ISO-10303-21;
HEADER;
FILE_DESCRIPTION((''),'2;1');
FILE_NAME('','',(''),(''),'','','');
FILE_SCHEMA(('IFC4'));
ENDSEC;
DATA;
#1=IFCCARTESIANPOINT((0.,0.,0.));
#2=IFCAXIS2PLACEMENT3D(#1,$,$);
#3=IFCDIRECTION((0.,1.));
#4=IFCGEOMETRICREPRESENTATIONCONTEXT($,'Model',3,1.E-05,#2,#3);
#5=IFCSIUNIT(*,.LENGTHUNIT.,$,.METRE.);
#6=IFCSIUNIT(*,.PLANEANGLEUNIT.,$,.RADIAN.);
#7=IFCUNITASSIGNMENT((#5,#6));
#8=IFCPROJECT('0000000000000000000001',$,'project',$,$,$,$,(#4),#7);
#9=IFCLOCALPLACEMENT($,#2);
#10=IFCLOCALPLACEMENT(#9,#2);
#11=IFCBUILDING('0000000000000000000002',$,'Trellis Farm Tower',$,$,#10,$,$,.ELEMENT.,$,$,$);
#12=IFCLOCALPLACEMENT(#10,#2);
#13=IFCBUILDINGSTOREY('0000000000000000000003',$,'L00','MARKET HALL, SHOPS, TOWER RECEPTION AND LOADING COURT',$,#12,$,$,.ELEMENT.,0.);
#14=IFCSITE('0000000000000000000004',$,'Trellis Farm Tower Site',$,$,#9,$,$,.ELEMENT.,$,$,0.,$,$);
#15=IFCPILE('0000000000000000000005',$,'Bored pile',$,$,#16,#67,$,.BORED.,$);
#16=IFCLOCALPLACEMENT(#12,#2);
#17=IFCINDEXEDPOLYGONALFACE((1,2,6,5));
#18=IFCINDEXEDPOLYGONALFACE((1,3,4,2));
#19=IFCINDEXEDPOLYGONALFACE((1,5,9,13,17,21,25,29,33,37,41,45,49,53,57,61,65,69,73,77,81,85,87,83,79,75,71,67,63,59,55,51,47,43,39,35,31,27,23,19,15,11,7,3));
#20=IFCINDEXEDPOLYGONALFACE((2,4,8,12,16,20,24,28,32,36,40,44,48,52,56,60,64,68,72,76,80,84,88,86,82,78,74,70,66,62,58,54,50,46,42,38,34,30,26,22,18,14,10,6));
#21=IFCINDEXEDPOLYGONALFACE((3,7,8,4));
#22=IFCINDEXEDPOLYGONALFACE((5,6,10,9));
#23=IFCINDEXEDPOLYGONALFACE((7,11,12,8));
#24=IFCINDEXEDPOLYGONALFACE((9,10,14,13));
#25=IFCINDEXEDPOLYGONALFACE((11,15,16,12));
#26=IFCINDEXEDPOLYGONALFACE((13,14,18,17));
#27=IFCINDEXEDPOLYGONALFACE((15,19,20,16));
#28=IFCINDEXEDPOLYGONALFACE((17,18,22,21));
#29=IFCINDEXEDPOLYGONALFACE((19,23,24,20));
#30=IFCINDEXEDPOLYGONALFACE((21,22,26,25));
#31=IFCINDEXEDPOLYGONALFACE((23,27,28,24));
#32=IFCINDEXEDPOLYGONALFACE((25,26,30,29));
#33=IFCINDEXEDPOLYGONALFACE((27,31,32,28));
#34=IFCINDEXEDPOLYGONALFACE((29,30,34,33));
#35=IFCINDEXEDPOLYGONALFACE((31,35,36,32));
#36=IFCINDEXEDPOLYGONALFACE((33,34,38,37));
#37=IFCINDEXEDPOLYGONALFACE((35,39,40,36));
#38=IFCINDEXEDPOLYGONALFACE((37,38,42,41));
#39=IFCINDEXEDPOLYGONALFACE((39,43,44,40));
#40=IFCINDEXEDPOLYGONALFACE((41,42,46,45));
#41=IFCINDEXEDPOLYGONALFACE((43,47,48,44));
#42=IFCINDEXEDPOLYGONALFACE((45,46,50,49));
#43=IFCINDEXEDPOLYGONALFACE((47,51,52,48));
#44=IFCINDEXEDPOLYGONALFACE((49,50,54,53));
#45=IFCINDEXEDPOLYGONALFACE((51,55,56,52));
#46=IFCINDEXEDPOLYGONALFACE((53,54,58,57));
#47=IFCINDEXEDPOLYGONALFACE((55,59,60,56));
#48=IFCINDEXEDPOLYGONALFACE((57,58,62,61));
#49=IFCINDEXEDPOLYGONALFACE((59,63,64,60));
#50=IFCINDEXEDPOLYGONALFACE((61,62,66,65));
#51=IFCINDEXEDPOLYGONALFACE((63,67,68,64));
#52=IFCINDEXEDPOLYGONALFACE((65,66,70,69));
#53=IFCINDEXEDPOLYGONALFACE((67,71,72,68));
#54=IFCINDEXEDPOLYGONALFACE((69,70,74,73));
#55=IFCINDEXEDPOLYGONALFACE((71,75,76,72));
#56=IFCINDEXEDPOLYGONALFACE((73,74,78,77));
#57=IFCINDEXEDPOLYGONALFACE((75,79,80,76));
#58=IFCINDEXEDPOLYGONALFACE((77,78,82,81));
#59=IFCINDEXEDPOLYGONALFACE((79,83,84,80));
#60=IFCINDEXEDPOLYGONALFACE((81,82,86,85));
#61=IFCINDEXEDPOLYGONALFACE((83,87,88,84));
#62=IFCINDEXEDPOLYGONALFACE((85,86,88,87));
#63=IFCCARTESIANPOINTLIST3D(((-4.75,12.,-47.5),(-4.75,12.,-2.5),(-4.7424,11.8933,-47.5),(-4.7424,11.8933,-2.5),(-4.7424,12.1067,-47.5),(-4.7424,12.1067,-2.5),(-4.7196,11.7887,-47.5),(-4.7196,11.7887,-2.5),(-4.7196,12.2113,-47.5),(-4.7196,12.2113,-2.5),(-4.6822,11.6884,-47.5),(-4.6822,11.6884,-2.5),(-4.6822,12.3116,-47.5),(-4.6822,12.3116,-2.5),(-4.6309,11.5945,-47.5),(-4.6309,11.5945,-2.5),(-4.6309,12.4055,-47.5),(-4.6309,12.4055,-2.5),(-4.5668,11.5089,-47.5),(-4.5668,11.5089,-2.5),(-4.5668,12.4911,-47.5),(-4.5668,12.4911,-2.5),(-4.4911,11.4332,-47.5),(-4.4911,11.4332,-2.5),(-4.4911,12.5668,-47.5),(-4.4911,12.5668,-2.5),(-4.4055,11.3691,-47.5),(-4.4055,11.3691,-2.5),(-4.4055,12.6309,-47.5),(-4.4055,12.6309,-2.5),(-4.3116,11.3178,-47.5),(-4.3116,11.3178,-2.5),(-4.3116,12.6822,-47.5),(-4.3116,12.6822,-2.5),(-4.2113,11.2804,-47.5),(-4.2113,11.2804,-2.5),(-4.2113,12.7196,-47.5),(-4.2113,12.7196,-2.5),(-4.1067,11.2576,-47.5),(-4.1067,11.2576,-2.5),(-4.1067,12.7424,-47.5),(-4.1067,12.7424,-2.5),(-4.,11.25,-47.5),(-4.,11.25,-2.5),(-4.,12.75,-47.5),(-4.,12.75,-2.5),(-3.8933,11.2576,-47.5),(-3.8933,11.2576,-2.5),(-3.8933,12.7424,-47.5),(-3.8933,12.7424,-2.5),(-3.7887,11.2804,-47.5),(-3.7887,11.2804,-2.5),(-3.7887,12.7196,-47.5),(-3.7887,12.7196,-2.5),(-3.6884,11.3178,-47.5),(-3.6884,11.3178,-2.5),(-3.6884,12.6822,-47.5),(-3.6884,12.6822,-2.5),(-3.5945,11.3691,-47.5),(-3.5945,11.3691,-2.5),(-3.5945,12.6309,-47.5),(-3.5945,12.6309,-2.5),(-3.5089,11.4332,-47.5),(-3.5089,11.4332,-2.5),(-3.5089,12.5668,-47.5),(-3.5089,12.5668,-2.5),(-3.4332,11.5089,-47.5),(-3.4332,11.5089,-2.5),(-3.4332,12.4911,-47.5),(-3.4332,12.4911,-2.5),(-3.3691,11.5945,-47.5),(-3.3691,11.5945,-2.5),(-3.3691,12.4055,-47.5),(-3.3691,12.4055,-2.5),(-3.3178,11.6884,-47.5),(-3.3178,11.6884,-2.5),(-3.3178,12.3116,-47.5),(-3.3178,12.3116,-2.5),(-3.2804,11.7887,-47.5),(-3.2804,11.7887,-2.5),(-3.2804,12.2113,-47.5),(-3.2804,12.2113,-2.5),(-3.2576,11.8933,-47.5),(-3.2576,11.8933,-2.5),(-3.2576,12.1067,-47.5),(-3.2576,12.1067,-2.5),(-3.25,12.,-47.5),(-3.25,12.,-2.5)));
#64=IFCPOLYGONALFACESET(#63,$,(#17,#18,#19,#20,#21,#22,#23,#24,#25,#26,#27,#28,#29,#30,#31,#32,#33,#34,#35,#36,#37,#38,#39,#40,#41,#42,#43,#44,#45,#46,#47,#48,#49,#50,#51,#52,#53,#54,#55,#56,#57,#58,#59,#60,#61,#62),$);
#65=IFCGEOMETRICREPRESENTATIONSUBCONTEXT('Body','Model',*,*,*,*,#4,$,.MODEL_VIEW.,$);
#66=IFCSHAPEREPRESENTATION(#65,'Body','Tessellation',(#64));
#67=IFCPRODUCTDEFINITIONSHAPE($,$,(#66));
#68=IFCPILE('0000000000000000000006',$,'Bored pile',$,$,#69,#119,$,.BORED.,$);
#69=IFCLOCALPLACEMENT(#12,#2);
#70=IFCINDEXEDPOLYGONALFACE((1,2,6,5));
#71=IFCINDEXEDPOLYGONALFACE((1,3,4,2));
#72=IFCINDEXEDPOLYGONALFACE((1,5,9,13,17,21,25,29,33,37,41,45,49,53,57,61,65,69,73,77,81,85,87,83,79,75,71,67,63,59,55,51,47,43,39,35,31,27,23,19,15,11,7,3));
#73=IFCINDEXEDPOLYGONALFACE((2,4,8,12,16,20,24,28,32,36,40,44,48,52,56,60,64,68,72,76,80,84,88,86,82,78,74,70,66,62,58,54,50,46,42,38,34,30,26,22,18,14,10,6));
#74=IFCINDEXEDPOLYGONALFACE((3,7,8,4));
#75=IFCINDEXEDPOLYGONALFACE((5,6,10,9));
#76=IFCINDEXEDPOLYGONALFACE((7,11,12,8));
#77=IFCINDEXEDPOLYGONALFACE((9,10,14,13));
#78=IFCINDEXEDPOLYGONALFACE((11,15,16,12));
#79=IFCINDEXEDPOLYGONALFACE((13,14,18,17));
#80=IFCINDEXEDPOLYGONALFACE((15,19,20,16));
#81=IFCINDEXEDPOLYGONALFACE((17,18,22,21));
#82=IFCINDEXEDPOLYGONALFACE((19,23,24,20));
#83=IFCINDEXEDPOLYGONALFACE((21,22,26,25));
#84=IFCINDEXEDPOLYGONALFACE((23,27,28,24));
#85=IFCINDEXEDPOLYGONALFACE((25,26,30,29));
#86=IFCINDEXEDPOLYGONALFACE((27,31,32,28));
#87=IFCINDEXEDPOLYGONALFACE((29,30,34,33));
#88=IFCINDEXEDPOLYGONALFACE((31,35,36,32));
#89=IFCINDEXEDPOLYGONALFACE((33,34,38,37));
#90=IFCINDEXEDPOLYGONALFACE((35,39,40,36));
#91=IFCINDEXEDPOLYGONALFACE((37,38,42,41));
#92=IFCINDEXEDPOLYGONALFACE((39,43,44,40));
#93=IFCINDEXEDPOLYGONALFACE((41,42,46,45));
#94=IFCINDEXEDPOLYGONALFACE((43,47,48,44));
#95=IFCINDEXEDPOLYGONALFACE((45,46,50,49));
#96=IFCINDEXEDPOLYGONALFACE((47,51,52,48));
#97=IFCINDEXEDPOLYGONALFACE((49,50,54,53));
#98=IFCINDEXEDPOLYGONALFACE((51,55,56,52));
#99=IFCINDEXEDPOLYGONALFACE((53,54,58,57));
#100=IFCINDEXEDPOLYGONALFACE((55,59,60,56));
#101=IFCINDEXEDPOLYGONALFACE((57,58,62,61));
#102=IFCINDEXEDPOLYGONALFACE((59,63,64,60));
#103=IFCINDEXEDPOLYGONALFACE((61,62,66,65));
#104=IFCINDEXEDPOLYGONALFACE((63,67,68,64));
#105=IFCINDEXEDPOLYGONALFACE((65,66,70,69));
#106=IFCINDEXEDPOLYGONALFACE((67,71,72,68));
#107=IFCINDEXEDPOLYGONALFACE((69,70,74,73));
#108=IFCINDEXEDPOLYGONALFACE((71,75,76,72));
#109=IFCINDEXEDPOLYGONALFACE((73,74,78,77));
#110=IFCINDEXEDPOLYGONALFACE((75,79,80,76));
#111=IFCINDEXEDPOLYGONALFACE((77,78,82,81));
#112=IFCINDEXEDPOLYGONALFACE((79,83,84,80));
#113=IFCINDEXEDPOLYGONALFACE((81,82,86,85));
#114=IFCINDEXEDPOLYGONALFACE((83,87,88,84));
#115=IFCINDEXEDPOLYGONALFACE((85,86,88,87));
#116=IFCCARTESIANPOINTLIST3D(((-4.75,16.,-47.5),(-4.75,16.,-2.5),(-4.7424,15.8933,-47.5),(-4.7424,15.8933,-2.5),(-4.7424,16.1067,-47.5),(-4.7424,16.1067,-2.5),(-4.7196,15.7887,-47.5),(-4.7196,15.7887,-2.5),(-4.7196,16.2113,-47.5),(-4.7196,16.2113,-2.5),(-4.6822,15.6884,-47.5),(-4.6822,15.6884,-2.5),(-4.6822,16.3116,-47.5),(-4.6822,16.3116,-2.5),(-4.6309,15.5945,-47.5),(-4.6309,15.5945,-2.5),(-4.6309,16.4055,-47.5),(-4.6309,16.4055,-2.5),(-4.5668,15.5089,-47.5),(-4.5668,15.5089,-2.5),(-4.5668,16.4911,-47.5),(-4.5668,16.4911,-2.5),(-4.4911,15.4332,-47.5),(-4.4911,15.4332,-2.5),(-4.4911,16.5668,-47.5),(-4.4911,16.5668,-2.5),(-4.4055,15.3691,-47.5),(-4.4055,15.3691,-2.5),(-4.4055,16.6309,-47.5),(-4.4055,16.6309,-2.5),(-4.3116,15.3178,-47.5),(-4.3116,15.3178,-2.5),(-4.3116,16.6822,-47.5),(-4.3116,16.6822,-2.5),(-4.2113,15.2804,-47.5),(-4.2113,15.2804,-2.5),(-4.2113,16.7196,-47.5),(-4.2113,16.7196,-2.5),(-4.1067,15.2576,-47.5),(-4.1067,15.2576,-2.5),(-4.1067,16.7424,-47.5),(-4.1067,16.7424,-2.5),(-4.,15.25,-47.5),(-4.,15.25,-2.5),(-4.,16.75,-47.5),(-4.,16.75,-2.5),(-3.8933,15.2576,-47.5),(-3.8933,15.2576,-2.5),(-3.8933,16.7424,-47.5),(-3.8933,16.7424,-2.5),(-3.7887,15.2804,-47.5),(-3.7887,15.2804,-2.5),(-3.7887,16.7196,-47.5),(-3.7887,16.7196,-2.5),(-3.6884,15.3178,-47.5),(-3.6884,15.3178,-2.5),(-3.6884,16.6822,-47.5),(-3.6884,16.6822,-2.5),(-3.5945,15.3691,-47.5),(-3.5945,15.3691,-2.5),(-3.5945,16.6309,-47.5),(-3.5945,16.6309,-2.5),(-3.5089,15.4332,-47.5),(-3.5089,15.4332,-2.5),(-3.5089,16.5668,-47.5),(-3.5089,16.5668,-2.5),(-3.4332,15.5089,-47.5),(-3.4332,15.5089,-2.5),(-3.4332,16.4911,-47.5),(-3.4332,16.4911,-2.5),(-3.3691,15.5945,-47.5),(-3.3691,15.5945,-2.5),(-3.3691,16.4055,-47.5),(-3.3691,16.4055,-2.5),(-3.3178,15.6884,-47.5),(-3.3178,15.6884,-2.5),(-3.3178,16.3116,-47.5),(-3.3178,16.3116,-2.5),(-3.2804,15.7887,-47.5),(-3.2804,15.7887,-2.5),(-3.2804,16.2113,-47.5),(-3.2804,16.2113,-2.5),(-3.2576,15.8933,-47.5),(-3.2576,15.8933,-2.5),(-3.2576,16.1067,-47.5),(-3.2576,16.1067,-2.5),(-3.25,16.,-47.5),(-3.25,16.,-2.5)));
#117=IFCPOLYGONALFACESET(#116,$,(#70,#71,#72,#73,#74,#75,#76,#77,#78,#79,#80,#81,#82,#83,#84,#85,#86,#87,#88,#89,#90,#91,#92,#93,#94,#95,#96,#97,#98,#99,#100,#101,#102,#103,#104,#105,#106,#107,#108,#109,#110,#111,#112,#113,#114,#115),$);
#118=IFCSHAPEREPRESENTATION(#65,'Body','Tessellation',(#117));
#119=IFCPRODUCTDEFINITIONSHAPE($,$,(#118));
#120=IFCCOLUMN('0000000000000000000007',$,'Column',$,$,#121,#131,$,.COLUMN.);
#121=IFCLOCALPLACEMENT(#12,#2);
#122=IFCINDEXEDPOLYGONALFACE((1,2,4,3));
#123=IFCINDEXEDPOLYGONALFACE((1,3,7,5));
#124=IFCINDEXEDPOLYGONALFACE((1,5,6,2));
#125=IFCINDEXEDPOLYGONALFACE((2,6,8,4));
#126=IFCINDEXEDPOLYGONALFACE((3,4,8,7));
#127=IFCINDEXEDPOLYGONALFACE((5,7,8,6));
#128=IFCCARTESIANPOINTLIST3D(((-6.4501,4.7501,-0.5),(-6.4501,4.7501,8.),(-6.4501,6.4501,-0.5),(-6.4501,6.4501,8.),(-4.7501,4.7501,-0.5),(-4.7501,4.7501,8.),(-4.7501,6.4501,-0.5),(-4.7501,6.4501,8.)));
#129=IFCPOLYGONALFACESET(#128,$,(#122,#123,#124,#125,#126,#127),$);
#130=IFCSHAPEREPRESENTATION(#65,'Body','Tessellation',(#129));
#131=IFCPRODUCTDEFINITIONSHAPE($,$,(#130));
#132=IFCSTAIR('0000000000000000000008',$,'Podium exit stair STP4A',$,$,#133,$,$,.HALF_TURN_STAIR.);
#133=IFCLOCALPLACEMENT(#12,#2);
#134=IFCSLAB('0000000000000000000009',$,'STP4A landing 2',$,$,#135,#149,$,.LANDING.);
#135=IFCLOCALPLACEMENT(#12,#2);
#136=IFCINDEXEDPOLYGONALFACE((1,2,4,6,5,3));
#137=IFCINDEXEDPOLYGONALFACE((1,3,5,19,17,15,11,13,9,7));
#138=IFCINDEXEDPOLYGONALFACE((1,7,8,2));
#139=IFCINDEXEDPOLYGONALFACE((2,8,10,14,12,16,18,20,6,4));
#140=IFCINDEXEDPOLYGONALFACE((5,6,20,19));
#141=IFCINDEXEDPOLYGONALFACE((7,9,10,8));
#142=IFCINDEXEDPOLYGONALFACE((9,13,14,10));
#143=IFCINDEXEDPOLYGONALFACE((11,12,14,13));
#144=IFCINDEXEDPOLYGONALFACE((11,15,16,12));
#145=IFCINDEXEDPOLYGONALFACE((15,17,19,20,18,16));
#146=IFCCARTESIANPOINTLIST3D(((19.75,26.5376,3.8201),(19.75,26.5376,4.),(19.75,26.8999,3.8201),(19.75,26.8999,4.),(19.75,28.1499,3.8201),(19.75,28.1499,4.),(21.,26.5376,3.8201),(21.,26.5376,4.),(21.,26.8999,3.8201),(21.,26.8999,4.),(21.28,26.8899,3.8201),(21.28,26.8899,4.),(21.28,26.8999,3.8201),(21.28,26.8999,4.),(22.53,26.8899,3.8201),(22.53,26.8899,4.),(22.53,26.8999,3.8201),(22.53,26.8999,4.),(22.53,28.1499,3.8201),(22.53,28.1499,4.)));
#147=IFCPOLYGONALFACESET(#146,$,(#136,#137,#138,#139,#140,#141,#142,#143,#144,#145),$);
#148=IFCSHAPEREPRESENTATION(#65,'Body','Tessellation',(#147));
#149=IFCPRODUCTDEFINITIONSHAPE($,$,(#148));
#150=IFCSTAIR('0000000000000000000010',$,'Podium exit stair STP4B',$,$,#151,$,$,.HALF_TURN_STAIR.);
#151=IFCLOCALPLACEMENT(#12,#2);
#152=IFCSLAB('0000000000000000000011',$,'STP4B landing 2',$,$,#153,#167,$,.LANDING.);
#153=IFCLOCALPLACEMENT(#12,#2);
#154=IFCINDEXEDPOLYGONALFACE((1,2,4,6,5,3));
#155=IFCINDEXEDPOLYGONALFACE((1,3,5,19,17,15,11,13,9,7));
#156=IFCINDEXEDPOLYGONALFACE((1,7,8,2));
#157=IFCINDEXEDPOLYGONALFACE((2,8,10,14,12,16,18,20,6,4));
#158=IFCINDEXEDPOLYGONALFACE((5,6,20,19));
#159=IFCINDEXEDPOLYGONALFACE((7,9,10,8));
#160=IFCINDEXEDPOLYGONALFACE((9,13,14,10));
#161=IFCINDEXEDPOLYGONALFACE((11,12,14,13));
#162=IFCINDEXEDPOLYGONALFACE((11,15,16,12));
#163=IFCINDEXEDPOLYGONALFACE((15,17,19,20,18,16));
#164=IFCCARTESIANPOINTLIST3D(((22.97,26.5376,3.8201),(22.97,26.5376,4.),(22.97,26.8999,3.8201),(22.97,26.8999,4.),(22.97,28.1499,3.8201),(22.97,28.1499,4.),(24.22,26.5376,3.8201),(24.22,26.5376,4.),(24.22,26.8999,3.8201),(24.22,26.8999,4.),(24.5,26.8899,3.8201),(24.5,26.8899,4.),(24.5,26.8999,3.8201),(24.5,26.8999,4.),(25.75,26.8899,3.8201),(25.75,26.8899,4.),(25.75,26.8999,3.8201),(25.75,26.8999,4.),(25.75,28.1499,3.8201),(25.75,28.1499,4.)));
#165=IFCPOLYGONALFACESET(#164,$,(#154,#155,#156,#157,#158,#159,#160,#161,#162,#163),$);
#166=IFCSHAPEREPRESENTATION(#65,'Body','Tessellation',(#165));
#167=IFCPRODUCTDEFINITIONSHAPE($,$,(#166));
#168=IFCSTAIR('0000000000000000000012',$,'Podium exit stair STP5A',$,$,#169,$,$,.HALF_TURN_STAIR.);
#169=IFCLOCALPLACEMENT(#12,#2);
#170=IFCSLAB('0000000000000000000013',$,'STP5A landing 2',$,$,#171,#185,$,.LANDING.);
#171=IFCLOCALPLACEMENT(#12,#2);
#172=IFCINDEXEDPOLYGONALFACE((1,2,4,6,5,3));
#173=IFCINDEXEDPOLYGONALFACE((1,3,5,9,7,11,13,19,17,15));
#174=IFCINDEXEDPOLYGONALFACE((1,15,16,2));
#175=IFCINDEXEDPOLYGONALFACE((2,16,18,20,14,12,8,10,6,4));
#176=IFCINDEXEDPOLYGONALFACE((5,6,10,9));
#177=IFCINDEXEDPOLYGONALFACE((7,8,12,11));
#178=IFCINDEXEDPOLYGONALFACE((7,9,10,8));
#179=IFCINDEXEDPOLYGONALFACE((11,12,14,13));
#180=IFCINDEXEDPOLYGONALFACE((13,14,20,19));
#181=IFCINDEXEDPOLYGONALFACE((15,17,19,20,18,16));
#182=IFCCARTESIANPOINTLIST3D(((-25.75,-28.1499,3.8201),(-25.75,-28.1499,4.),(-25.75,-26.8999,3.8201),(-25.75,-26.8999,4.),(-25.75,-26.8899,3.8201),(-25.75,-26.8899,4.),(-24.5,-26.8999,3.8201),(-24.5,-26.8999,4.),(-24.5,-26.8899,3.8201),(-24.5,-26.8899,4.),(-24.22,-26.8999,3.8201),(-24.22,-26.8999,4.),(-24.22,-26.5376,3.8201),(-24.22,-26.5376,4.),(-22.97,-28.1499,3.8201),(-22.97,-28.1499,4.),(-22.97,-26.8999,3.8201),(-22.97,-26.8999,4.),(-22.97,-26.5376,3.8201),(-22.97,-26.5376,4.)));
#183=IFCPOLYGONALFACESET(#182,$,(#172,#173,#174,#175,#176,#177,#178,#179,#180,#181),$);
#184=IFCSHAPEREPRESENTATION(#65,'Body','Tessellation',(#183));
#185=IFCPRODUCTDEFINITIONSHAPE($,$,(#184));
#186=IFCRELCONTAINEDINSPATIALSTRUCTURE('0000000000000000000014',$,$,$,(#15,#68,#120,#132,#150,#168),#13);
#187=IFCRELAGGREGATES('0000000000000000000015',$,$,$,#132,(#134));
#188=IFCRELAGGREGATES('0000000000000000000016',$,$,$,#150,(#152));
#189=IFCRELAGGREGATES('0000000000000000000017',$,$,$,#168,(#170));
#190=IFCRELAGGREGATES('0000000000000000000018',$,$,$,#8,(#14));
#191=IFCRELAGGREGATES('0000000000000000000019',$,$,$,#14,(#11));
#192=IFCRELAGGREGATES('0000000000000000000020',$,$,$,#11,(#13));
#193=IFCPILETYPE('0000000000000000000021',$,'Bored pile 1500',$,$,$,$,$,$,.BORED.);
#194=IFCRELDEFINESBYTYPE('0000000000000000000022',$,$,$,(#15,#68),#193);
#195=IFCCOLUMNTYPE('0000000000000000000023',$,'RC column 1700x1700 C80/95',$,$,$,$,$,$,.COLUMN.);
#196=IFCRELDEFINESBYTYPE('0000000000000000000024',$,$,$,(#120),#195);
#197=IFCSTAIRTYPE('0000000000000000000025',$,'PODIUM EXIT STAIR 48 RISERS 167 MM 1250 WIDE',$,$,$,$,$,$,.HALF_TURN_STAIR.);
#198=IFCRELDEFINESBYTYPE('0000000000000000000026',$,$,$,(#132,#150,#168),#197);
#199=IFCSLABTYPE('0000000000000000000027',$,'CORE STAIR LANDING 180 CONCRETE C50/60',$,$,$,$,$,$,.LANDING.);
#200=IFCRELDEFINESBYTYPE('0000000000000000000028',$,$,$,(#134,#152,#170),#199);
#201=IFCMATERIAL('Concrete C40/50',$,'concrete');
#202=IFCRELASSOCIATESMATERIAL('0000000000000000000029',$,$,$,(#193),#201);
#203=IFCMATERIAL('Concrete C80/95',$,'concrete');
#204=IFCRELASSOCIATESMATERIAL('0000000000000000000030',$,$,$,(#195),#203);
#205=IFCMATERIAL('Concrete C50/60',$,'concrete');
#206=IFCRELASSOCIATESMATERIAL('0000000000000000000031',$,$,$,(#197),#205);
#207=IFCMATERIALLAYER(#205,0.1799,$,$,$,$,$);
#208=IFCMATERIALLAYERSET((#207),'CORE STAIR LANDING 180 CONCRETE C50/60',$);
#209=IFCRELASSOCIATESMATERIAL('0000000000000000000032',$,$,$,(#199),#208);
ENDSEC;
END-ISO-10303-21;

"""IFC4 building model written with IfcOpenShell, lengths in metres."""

from ifc_helpers import new_model, si_unit, direction, frame, origin, origin_2d, place, context, subcontext, project, spatial, polyline, rectangle, circle, outline, extrude, source, transform, mapped, material, layer, layer_set, material_profile, profile_set, type_object, element, aggregate, save


model = new_model("IFC4")

# Units and contexts
model_context = context("Model", 3, precision=1e-05, world=origin(), true_north=direction((0.0, 1.0)))
body_context = subcontext(model_context, "Body", "Model", "MODEL_VIEW")
ifc_project = project(units=[si_unit("LENGTHUNIT", "METRE"), si_unit("PLANEANGLEUNIT", "RADIAN")], contexts=[model_context])

# Site, building, storey
site_placement = place(None, origin())
site = spatial("IfcSite", under=ifc_project, at=site_placement, Name="Trellis Farm Tower Site", CompositionType="ELEMENT", RefElevation=0.0)
building_placement = place(site_placement, origin())
building = spatial("IfcBuilding", under=site, at=building_placement, Name="Trellis Farm Tower", CompositionType="ELEMENT")
storey_placement = place(building_placement, origin())
storey = spatial("IfcBuildingStorey", under=building, at=storey_placement, Name="L00", Description="MARKET HALL, SHOPS, TOWER RECEPTION AND LOADING COURT", CompositionType="ELEMENT", Elevation=0.0)

# Piles
ifc_material_1 = material(Name="Concrete C40/50", Category="concrete")
ifc_material_profile_1 = material_profile(ifc_material_1, circle(Radius=0.75, at=origin_2d()), Name="Bored pile 1500")
ifc_profile_set_1 = profile_set([ifc_material_profile_1], Name="Concrete C40/50")
pile_type = type_object("IfcPileType", Name="Bored pile 1500", PredefinedType="BORED", material=ifc_profile_set_1)
shared_shape_1 = source(origin(), body_context, "Body", "SweptSolid", [
    extrude(circle(Radius=0.75, at=origin_2d()), origin(), (0.0, 0.0, 1.0), 45.0),
])
for number, where, z_axis, x_axis, name in (
    (1, (-4.0, 12.0, -2.5), (0.0, 0.0, -1.0), (1.0, 0.0, 0.0), "Bored pile"),
    (2, (-4.0, 16.0, -2.5), (0.0, 0.0, -1.0), (1.0, 0.0, 0.0), "Bored pile"),
):
    element("IfcPile", number, at=place(storey_placement, frame(where, z_axis=z_axis, x_axis=x_axis)), inside=storey, type_object=pile_type, Name=name, PredefinedType="BORED", context=body_context, shape_type="MappedRepresentation", body=[
        mapped(shared_shape_1, transform((0.0, 0.0, 0.0))),
    ])

# Column
ifc_material_2 = material(Name="Concrete C80/95", Category="concrete")
ifc_material_profile_2 = material_profile(ifc_material_2, rectangle(XDim=1.7, YDim=1.7, at=origin_2d()), Name="RC column 1700x1700 C80/95")
ifc_profile_set_2 = profile_set([ifc_material_profile_2], Name="Concrete C80/95")
column_type = type_object("IfcColumnType", Name="RC column 1700x1700 C80/95", PredefinedType="COLUMN", material=ifc_profile_set_2)
shared_shape_2 = source(origin(), body_context, "Body", "SweptSolid", [
    extrude(rectangle(XDim=1.7, YDim=1.7, at=origin_2d()), origin(), (0.0, 0.0, 1.0), 8.5),
])
column_placement = place(storey_placement, frame((-5.6001, 5.6001, -0.5), z_axis=(0.0, 0.0, 1.0), x_axis=(1.0, 0.0, 0.0)))
element("IfcColumn", 3, at=column_placement, inside=storey, type_object=column_type, Name="Column", PredefinedType="COLUMN", context=body_context, shape_type="MappedRepresentation", body=[
    mapped(shared_shape_2, transform((0.0, 0.0, 0.0))),
])

# Stairs, slabs
ifc_material_3 = material(Name="Concrete C50/60", Category="concrete")
stair_type = type_object("IfcStairType", Name="PODIUM EXIT STAIR 48 RISERS 167 MM 1250 WIDE", PredefinedType="HALF_TURN_STAIR", material=ifc_material_3)
placement_1 = place(storey_placement, origin())
stair_1 = element("IfcStair", 4, at=placement_1, inside=storey, type_object=stair_type, Name="Podium exit stair STP4A", PredefinedType="HALF_TURN_STAIR")
ifc_layer_1 = layer(ifc_material_3, 0.1799)
ifc_layer_set_1 = layer_set([ifc_layer_1], Name="CORE STAIR LANDING 180 CONCRETE C50/60")
slab_type = type_object("IfcSlabType", Name="CORE STAIR LANDING 180 CONCRETE C50/60", PredefinedType="LANDING", material=ifc_layer_set_1)
placement_2 = place(storey_placement, frame((0.0, 0.0, 3.8201)))
slab_1 = element("IfcSlab", 5, at=placement_2, type_object=slab_type, Name="STP4A landing 2", PredefinedType="LANDING", context=body_context, shape_type="SweptSolid", body=[
    extrude(outline(polyline([(21.0, 26.5376), (19.75, 26.5376), (19.75, 26.8999), (19.75, 28.1499), (22.53, 28.1499), (22.53, 26.8999), (22.53, 26.8899), (21.28, 26.8899), (21.28, 26.8999), (21.0, 26.8999), (21.0, 26.5376)])), origin(), (0.0, 0.0, 1.0), 0.1799),
])
stair_2 = element("IfcStair", 6, at=placement_1, inside=storey, type_object=stair_type, Name="Podium exit stair STP4B", PredefinedType="HALF_TURN_STAIR")
slab_2 = element("IfcSlab", 7, at=placement_2, type_object=slab_type, Name="STP4B landing 2", PredefinedType="LANDING", context=body_context, shape_type="SweptSolid", body=[
    extrude(outline(polyline([(24.22, 26.5376), (22.97, 26.5376), (22.97, 26.8999), (22.97, 28.1499), (25.75, 28.1499), (25.75, 26.8999), (25.75, 26.8899), (24.5, 26.8899), (24.5, 26.8999), (24.22, 26.8999), (24.22, 26.5376)])), origin(), (0.0, 0.0, 1.0), 0.1799),
])
stair_3 = element("IfcStair", 8, at=placement_1, inside=storey, type_object=stair_type, Name="Podium exit stair STP5A", PredefinedType="HALF_TURN_STAIR")
slab_3 = element("IfcSlab", 9, at=placement_2, type_object=slab_type, Name="STP5A landing 2", PredefinedType="LANDING", context=body_context, shape_type="SweptSolid", body=[
    extrude(outline(polyline([(-22.97, -28.1499), (-25.75, -28.1499), (-25.75, -26.8999), (-25.75, -26.8899), (-24.5, -26.8899), (-24.5, -26.8999), (-24.22, -26.8999), (-24.22, -26.5376), (-22.97, -26.5376), (-22.97, -26.8999), (-22.97, -28.1499)])), origin(), (0.0, 0.0, 1.0), 0.1799),
])

aggregate(stair_1, [slab_1])
aggregate(stair_2, [slab_2])
aggregate(stair_3, [slab_3])

save(model, "model.ifc")
